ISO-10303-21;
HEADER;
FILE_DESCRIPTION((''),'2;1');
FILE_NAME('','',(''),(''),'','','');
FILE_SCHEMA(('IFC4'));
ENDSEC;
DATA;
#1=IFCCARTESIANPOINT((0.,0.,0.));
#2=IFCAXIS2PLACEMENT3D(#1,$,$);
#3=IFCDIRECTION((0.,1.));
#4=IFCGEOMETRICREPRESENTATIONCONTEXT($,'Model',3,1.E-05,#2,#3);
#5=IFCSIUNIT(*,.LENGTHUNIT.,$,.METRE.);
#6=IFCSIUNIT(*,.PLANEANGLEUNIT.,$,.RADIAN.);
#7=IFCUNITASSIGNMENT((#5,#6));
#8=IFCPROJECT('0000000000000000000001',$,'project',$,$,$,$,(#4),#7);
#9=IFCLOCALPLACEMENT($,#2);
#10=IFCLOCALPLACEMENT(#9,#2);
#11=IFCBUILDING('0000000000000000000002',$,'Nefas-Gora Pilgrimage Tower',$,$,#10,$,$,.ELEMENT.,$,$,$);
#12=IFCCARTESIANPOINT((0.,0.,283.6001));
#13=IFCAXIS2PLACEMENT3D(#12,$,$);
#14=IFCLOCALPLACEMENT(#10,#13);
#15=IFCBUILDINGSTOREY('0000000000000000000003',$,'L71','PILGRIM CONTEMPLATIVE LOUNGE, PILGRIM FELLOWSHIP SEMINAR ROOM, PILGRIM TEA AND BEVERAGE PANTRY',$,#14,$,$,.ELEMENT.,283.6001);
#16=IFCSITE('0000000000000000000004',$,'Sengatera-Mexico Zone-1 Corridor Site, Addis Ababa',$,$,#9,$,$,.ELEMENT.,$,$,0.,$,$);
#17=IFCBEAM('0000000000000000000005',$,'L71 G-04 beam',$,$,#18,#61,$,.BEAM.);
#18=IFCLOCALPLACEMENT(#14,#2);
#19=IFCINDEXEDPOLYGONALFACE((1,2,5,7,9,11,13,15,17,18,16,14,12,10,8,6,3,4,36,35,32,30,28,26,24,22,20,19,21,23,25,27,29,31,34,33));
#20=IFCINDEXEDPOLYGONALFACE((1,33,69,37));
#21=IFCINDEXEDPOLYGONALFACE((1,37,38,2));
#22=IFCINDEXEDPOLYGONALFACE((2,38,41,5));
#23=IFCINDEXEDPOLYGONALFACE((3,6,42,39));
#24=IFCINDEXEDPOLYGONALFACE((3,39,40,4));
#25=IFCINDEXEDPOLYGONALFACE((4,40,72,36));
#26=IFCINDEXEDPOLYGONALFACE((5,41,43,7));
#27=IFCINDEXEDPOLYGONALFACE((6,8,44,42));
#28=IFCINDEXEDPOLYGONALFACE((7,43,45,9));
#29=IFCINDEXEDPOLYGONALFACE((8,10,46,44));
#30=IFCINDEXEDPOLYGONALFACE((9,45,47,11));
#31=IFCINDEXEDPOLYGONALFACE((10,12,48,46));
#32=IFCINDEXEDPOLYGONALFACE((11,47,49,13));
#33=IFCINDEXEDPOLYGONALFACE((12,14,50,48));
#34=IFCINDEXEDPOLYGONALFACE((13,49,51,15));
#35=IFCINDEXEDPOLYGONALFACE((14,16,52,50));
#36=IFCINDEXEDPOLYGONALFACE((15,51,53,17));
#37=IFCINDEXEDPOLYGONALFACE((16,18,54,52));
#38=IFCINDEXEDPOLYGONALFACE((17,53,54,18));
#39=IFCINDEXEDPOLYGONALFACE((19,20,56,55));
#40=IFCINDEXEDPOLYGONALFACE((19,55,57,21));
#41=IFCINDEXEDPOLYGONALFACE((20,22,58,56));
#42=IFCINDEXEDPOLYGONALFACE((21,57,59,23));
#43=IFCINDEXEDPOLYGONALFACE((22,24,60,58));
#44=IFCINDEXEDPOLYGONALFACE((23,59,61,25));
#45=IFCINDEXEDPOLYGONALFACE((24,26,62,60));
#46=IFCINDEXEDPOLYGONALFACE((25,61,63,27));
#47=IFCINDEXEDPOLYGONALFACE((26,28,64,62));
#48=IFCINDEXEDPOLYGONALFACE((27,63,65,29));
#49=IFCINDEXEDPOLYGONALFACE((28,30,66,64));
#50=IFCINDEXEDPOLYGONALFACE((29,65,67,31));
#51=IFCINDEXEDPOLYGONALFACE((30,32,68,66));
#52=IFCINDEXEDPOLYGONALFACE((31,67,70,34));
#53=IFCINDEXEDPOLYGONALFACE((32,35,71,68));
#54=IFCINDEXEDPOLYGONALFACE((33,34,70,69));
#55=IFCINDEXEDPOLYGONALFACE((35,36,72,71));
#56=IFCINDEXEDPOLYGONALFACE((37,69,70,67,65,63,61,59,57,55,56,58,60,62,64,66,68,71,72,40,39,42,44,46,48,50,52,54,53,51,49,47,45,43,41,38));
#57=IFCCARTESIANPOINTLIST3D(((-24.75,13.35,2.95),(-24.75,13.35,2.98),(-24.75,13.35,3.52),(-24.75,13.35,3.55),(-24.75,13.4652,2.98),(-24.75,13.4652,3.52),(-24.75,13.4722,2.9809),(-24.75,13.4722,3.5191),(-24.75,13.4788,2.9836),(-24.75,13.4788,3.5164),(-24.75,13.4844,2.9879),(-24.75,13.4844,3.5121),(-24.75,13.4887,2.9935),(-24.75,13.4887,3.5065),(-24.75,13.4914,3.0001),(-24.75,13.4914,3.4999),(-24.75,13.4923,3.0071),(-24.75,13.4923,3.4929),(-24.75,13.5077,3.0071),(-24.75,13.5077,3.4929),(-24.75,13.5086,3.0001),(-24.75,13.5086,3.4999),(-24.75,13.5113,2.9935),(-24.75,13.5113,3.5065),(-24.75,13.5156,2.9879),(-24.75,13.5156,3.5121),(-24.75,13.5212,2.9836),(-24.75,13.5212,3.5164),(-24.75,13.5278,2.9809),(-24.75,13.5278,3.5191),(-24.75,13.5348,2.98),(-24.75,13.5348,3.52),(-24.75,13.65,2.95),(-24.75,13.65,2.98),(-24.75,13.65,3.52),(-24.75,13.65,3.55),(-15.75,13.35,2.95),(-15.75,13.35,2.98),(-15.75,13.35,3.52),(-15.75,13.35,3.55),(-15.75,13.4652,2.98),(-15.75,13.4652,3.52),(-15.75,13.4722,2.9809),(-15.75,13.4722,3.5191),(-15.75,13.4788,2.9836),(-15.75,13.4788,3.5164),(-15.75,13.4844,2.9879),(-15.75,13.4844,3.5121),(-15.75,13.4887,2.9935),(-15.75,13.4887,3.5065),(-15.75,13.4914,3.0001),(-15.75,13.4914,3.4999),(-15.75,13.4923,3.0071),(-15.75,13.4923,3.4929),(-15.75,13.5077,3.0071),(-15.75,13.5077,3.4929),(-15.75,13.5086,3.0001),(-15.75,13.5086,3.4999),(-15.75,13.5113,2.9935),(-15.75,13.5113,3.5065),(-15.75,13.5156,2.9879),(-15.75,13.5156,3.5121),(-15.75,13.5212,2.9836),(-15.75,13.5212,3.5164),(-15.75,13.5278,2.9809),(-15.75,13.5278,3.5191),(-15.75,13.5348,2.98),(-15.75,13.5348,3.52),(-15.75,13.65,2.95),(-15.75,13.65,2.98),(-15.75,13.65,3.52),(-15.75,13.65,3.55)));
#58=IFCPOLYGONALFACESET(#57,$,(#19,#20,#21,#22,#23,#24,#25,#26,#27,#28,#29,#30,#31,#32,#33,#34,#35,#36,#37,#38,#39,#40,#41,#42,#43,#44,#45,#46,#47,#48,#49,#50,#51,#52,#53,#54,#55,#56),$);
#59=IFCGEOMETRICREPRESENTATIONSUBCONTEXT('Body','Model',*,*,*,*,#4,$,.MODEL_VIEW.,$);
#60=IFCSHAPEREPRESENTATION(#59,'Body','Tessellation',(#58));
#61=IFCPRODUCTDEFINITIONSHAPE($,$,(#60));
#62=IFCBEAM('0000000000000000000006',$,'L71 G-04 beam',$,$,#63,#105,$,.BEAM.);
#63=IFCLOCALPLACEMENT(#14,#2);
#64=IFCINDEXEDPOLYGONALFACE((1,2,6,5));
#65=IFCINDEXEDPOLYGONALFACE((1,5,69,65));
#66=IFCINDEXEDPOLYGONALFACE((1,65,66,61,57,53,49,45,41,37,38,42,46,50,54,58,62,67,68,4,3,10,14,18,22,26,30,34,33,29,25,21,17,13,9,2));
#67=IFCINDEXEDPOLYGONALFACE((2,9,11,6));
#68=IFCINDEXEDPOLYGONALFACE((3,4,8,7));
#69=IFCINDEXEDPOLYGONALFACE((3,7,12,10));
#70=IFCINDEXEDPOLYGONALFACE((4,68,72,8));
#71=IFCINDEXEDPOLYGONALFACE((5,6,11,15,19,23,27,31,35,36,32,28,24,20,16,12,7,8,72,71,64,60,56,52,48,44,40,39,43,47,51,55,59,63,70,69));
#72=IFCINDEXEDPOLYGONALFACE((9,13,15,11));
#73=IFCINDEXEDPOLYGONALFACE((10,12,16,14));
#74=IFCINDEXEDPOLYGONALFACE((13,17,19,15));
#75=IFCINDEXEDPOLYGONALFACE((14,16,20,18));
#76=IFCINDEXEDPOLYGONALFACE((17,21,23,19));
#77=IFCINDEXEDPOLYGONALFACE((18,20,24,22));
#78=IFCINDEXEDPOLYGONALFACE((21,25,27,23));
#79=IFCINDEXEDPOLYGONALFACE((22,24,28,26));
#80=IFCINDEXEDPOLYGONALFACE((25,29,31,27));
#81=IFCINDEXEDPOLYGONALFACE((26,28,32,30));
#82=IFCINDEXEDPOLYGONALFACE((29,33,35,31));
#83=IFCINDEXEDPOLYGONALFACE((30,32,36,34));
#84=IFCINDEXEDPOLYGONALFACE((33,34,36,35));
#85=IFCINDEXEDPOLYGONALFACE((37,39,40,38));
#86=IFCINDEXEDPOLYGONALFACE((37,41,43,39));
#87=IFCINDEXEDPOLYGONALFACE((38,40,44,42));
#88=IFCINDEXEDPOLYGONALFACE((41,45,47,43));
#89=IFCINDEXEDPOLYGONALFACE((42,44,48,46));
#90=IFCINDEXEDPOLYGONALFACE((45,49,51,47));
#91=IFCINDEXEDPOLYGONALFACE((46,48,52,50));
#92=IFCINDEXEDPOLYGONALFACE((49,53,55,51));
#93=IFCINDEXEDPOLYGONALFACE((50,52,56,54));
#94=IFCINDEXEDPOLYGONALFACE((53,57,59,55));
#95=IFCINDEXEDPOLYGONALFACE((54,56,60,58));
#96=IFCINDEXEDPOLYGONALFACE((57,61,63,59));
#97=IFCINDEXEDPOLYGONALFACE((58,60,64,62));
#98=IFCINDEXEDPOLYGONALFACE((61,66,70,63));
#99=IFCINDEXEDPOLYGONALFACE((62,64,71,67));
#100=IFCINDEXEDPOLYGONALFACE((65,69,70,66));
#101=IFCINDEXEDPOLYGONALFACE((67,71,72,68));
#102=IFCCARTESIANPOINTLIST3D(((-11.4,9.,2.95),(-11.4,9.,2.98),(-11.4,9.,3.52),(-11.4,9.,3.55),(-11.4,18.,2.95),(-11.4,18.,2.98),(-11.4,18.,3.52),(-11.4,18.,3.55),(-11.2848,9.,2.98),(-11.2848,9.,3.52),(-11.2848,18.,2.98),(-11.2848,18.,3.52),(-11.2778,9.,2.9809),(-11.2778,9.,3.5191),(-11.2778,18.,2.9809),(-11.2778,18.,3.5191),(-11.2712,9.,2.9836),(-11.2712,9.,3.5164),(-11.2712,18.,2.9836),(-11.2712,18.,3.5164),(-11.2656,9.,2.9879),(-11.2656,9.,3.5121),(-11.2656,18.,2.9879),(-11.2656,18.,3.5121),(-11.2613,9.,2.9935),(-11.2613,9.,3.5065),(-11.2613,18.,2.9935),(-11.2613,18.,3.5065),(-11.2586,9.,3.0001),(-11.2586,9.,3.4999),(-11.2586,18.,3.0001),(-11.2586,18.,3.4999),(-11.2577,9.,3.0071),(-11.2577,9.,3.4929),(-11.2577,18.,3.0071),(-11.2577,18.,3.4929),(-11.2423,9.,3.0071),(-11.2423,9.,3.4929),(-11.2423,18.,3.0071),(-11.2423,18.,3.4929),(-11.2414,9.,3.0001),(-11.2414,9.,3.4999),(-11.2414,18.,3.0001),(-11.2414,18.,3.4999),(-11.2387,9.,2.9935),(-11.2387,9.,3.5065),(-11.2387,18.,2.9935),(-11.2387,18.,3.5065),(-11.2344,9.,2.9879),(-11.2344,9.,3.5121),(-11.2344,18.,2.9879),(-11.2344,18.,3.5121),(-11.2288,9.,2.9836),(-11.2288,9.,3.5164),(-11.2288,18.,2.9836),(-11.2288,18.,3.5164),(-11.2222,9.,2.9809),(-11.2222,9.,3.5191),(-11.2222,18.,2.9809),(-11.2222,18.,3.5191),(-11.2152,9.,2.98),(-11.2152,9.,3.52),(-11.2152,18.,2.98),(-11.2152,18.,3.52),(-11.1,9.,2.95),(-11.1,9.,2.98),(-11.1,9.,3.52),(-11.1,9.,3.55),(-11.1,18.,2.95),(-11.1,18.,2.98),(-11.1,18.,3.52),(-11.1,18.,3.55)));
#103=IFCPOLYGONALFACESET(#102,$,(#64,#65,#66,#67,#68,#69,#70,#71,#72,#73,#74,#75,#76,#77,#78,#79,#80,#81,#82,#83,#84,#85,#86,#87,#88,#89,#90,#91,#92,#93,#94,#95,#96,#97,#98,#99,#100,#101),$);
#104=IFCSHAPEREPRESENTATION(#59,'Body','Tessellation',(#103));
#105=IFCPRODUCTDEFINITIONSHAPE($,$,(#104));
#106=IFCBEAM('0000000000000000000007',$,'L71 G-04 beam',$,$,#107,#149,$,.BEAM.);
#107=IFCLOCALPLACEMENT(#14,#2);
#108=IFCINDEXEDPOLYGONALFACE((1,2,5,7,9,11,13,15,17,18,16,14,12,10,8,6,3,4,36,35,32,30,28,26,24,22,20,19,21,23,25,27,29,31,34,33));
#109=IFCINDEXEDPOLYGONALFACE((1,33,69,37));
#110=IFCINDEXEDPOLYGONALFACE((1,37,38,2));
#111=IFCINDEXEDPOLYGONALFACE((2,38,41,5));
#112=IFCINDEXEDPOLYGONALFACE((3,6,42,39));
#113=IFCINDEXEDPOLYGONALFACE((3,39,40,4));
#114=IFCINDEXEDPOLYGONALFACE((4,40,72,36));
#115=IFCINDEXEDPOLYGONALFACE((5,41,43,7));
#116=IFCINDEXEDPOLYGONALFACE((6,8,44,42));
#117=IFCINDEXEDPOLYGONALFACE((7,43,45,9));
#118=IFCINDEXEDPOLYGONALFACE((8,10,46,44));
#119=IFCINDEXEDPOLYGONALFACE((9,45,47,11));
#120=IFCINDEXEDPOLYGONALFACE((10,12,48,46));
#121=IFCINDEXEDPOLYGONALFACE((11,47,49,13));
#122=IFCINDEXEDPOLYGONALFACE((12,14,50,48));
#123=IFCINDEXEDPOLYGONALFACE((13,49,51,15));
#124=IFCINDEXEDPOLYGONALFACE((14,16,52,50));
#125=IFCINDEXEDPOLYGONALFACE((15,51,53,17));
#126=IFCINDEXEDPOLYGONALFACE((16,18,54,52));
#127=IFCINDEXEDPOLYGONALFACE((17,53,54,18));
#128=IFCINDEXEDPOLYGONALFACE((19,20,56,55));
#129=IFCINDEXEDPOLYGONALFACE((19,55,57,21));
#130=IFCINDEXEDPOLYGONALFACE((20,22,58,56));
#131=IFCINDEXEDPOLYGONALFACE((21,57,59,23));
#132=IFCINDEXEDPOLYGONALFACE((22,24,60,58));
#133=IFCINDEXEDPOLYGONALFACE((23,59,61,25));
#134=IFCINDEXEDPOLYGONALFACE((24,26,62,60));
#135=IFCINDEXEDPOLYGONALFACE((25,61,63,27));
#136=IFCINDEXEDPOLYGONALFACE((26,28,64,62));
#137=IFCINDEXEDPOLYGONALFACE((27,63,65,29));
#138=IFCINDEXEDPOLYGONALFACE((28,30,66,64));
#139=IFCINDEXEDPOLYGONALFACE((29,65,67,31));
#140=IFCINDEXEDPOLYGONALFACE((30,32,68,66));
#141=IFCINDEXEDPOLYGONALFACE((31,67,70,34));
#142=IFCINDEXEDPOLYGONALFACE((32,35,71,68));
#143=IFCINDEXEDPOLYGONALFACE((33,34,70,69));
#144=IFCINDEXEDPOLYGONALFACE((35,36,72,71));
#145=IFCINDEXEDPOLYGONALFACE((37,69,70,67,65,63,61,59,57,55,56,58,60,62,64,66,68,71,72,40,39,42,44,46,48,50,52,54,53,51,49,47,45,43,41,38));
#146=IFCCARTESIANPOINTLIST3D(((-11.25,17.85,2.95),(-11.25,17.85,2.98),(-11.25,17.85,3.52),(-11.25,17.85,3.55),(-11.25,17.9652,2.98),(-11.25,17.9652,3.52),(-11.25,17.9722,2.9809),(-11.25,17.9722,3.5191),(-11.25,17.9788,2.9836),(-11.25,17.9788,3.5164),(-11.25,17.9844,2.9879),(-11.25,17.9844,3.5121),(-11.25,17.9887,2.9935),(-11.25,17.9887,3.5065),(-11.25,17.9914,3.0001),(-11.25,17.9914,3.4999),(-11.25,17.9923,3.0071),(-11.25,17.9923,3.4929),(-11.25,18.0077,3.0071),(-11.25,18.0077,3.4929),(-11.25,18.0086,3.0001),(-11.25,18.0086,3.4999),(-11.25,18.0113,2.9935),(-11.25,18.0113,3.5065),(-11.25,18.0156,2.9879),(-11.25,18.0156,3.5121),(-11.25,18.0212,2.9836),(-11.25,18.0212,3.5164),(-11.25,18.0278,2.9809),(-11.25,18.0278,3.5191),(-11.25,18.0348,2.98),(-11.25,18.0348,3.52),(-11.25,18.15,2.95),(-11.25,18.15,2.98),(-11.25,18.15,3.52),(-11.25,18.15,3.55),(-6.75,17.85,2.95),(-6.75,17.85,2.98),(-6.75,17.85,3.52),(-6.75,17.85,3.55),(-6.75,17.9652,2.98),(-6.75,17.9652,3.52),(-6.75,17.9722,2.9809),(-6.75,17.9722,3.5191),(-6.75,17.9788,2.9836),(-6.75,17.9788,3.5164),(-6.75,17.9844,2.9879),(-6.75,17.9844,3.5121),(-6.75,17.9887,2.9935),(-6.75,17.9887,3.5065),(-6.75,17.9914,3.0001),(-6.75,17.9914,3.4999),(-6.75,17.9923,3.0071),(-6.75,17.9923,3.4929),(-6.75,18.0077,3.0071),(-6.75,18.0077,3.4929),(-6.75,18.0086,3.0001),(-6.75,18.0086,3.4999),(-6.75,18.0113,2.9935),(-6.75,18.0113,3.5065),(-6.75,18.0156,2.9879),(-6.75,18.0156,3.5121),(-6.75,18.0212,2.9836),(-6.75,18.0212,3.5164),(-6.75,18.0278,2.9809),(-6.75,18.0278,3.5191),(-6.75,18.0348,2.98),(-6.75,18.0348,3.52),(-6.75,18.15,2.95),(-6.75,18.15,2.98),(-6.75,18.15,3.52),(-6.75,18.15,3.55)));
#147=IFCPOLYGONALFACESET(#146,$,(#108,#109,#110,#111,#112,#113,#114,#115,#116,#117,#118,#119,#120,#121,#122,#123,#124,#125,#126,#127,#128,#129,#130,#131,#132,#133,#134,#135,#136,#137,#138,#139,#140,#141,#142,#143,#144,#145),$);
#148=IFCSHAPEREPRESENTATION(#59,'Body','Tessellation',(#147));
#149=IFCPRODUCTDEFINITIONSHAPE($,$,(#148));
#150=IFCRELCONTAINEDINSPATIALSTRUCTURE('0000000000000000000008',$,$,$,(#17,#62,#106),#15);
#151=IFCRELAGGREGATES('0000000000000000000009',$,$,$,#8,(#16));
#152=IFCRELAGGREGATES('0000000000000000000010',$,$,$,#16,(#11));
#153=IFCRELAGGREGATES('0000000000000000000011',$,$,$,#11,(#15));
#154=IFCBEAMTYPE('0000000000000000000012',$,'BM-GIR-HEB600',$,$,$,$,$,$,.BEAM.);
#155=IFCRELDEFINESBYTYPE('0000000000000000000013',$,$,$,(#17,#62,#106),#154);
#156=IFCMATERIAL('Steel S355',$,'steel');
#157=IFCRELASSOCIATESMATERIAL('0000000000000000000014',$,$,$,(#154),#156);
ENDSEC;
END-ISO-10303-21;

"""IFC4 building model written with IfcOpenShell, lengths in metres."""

from ifc_helpers import new_model, si_unit, direction, frame, origin, origin_2d, place, context, subcontext, project, spatial, i_section, extrude, source, transform, mapped, material, material_profile, profile_set, type_object, element, save


model = new_model("IFC4")

# Units and contexts
model_context = context("Model", 3, precision=1e-05, world=origin(), true_north=direction((0.0, 1.0)))
body_context = subcontext(model_context, "Body", "Model", "MODEL_VIEW")
ifc_project = project(units=[si_unit("LENGTHUNIT", "METRE"), si_unit("PLANEANGLEUNIT", "RADIAN")], contexts=[model_context])

# Site, building, storey
site_placement = place(None, origin())
site = spatial("IfcSite", under=ifc_project, at=site_placement, Name="Sengatera-Mexico Zone-1 Corridor Site, Addis Ababa", CompositionType="ELEMENT", RefElevation=0.0)
building_placement = place(site_placement, origin())
building = spatial("IfcBuilding", under=site, at=building_placement, Name="Nefas-Gora Pilgrimage Tower", CompositionType="ELEMENT")
storey_placement = place(building_placement, frame((0.0, 0.0, 283.6001)))
storey = spatial("IfcBuildingStorey", under=building, at=storey_placement, Name="L71", Description="PILGRIM CONTEMPLATIVE LOUNGE, PILGRIM FELLOWSHIP SEMINAR ROOM, PILGRIM TEA AND BEVERAGE PANTRY", CompositionType="ELEMENT", Elevation=283.6001)

# Shared definitions
ifc_material_1 = material(Name="Steel S355", Category="steel")

# Beams
ifc_material_profile_1 = material_profile(ifc_material_1, i_section(OverallWidth=0.3, OverallDepth=0.6001, WebThickness=0.0154, FlangeThickness=0.03, FilletRadius=0.0271, at=origin_2d()), Name="HEB 600")
ifc_profile_set_1 = profile_set([ifc_material_profile_1], Name="Steel S355")
beam_type = type_object("IfcBeamType", Name="BM-GIR-HEB600", PredefinedType="BEAM", material=ifc_profile_set_1)
shared_shape_1 = source(origin(), body_context, "Body", "SweptSolid", [
    extrude(i_section(OverallWidth=0.3, OverallDepth=0.6001, WebThickness=0.0154, FlangeThickness=0.03, FilletRadius=0.0271, at=origin_2d()), origin(), (0.0, 0.0, 1.0), 9.0),
])
for number, where, z_axis, x_axis, name in (
    (1, (-24.75, 13.5, 3.25), (1.0, 0.0, 0.0), (0.0, 1.0, 0.0), "L71 G-04 beam"),
    (2, (-11.25, 9.0, 3.25), (0.0, 1.0, 0.0), (-1.0, 0.0, 0.0), "L71 G-04 beam"),
):
    element("IfcBeam", number, at=place(storey_placement, frame(where, z_axis=z_axis, x_axis=x_axis)), inside=storey, type_object=beam_type, Name=name, PredefinedType="BEAM", context=body_context, shape_type="MappedRepresentation", body=[
        mapped(shared_shape_1, transform((0.0, 0.0, 0.0), x_axis=(1.0, 0.0, 0.0), y_axis=(0.0, 1.0, 0.0), z_axis=(0.0, 0.0, 1.0), scale=1.0)),
    ])
shared_shape_2 = source(origin(), body_context, "Body", "SweptSolid", [
    extrude(i_section(OverallWidth=0.3, OverallDepth=0.6001, WebThickness=0.0154, FlangeThickness=0.03, FilletRadius=0.0271, at=origin_2d()), origin(), (0.0, 0.0, 1.0), 4.5),
])
beam_placement = place(storey_placement, frame((-11.25, 18.0, 3.25), z_axis=(1.0, 0.0, 0.0), x_axis=(0.0, 1.0, 0.0)))
element("IfcBeam", 3, at=beam_placement, inside=storey, type_object=beam_type, Name="L71 G-04 beam", PredefinedType="BEAM", context=body_context, shape_type="MappedRepresentation", body=[
    mapped(shared_shape_2, transform((0.0, 0.0, 0.0), x_axis=(1.0, 0.0, 0.0), y_axis=(0.0, 1.0, 0.0), z_axis=(0.0, 0.0, 1.0), scale=1.0)),
])

save(model, "model.ifc")
